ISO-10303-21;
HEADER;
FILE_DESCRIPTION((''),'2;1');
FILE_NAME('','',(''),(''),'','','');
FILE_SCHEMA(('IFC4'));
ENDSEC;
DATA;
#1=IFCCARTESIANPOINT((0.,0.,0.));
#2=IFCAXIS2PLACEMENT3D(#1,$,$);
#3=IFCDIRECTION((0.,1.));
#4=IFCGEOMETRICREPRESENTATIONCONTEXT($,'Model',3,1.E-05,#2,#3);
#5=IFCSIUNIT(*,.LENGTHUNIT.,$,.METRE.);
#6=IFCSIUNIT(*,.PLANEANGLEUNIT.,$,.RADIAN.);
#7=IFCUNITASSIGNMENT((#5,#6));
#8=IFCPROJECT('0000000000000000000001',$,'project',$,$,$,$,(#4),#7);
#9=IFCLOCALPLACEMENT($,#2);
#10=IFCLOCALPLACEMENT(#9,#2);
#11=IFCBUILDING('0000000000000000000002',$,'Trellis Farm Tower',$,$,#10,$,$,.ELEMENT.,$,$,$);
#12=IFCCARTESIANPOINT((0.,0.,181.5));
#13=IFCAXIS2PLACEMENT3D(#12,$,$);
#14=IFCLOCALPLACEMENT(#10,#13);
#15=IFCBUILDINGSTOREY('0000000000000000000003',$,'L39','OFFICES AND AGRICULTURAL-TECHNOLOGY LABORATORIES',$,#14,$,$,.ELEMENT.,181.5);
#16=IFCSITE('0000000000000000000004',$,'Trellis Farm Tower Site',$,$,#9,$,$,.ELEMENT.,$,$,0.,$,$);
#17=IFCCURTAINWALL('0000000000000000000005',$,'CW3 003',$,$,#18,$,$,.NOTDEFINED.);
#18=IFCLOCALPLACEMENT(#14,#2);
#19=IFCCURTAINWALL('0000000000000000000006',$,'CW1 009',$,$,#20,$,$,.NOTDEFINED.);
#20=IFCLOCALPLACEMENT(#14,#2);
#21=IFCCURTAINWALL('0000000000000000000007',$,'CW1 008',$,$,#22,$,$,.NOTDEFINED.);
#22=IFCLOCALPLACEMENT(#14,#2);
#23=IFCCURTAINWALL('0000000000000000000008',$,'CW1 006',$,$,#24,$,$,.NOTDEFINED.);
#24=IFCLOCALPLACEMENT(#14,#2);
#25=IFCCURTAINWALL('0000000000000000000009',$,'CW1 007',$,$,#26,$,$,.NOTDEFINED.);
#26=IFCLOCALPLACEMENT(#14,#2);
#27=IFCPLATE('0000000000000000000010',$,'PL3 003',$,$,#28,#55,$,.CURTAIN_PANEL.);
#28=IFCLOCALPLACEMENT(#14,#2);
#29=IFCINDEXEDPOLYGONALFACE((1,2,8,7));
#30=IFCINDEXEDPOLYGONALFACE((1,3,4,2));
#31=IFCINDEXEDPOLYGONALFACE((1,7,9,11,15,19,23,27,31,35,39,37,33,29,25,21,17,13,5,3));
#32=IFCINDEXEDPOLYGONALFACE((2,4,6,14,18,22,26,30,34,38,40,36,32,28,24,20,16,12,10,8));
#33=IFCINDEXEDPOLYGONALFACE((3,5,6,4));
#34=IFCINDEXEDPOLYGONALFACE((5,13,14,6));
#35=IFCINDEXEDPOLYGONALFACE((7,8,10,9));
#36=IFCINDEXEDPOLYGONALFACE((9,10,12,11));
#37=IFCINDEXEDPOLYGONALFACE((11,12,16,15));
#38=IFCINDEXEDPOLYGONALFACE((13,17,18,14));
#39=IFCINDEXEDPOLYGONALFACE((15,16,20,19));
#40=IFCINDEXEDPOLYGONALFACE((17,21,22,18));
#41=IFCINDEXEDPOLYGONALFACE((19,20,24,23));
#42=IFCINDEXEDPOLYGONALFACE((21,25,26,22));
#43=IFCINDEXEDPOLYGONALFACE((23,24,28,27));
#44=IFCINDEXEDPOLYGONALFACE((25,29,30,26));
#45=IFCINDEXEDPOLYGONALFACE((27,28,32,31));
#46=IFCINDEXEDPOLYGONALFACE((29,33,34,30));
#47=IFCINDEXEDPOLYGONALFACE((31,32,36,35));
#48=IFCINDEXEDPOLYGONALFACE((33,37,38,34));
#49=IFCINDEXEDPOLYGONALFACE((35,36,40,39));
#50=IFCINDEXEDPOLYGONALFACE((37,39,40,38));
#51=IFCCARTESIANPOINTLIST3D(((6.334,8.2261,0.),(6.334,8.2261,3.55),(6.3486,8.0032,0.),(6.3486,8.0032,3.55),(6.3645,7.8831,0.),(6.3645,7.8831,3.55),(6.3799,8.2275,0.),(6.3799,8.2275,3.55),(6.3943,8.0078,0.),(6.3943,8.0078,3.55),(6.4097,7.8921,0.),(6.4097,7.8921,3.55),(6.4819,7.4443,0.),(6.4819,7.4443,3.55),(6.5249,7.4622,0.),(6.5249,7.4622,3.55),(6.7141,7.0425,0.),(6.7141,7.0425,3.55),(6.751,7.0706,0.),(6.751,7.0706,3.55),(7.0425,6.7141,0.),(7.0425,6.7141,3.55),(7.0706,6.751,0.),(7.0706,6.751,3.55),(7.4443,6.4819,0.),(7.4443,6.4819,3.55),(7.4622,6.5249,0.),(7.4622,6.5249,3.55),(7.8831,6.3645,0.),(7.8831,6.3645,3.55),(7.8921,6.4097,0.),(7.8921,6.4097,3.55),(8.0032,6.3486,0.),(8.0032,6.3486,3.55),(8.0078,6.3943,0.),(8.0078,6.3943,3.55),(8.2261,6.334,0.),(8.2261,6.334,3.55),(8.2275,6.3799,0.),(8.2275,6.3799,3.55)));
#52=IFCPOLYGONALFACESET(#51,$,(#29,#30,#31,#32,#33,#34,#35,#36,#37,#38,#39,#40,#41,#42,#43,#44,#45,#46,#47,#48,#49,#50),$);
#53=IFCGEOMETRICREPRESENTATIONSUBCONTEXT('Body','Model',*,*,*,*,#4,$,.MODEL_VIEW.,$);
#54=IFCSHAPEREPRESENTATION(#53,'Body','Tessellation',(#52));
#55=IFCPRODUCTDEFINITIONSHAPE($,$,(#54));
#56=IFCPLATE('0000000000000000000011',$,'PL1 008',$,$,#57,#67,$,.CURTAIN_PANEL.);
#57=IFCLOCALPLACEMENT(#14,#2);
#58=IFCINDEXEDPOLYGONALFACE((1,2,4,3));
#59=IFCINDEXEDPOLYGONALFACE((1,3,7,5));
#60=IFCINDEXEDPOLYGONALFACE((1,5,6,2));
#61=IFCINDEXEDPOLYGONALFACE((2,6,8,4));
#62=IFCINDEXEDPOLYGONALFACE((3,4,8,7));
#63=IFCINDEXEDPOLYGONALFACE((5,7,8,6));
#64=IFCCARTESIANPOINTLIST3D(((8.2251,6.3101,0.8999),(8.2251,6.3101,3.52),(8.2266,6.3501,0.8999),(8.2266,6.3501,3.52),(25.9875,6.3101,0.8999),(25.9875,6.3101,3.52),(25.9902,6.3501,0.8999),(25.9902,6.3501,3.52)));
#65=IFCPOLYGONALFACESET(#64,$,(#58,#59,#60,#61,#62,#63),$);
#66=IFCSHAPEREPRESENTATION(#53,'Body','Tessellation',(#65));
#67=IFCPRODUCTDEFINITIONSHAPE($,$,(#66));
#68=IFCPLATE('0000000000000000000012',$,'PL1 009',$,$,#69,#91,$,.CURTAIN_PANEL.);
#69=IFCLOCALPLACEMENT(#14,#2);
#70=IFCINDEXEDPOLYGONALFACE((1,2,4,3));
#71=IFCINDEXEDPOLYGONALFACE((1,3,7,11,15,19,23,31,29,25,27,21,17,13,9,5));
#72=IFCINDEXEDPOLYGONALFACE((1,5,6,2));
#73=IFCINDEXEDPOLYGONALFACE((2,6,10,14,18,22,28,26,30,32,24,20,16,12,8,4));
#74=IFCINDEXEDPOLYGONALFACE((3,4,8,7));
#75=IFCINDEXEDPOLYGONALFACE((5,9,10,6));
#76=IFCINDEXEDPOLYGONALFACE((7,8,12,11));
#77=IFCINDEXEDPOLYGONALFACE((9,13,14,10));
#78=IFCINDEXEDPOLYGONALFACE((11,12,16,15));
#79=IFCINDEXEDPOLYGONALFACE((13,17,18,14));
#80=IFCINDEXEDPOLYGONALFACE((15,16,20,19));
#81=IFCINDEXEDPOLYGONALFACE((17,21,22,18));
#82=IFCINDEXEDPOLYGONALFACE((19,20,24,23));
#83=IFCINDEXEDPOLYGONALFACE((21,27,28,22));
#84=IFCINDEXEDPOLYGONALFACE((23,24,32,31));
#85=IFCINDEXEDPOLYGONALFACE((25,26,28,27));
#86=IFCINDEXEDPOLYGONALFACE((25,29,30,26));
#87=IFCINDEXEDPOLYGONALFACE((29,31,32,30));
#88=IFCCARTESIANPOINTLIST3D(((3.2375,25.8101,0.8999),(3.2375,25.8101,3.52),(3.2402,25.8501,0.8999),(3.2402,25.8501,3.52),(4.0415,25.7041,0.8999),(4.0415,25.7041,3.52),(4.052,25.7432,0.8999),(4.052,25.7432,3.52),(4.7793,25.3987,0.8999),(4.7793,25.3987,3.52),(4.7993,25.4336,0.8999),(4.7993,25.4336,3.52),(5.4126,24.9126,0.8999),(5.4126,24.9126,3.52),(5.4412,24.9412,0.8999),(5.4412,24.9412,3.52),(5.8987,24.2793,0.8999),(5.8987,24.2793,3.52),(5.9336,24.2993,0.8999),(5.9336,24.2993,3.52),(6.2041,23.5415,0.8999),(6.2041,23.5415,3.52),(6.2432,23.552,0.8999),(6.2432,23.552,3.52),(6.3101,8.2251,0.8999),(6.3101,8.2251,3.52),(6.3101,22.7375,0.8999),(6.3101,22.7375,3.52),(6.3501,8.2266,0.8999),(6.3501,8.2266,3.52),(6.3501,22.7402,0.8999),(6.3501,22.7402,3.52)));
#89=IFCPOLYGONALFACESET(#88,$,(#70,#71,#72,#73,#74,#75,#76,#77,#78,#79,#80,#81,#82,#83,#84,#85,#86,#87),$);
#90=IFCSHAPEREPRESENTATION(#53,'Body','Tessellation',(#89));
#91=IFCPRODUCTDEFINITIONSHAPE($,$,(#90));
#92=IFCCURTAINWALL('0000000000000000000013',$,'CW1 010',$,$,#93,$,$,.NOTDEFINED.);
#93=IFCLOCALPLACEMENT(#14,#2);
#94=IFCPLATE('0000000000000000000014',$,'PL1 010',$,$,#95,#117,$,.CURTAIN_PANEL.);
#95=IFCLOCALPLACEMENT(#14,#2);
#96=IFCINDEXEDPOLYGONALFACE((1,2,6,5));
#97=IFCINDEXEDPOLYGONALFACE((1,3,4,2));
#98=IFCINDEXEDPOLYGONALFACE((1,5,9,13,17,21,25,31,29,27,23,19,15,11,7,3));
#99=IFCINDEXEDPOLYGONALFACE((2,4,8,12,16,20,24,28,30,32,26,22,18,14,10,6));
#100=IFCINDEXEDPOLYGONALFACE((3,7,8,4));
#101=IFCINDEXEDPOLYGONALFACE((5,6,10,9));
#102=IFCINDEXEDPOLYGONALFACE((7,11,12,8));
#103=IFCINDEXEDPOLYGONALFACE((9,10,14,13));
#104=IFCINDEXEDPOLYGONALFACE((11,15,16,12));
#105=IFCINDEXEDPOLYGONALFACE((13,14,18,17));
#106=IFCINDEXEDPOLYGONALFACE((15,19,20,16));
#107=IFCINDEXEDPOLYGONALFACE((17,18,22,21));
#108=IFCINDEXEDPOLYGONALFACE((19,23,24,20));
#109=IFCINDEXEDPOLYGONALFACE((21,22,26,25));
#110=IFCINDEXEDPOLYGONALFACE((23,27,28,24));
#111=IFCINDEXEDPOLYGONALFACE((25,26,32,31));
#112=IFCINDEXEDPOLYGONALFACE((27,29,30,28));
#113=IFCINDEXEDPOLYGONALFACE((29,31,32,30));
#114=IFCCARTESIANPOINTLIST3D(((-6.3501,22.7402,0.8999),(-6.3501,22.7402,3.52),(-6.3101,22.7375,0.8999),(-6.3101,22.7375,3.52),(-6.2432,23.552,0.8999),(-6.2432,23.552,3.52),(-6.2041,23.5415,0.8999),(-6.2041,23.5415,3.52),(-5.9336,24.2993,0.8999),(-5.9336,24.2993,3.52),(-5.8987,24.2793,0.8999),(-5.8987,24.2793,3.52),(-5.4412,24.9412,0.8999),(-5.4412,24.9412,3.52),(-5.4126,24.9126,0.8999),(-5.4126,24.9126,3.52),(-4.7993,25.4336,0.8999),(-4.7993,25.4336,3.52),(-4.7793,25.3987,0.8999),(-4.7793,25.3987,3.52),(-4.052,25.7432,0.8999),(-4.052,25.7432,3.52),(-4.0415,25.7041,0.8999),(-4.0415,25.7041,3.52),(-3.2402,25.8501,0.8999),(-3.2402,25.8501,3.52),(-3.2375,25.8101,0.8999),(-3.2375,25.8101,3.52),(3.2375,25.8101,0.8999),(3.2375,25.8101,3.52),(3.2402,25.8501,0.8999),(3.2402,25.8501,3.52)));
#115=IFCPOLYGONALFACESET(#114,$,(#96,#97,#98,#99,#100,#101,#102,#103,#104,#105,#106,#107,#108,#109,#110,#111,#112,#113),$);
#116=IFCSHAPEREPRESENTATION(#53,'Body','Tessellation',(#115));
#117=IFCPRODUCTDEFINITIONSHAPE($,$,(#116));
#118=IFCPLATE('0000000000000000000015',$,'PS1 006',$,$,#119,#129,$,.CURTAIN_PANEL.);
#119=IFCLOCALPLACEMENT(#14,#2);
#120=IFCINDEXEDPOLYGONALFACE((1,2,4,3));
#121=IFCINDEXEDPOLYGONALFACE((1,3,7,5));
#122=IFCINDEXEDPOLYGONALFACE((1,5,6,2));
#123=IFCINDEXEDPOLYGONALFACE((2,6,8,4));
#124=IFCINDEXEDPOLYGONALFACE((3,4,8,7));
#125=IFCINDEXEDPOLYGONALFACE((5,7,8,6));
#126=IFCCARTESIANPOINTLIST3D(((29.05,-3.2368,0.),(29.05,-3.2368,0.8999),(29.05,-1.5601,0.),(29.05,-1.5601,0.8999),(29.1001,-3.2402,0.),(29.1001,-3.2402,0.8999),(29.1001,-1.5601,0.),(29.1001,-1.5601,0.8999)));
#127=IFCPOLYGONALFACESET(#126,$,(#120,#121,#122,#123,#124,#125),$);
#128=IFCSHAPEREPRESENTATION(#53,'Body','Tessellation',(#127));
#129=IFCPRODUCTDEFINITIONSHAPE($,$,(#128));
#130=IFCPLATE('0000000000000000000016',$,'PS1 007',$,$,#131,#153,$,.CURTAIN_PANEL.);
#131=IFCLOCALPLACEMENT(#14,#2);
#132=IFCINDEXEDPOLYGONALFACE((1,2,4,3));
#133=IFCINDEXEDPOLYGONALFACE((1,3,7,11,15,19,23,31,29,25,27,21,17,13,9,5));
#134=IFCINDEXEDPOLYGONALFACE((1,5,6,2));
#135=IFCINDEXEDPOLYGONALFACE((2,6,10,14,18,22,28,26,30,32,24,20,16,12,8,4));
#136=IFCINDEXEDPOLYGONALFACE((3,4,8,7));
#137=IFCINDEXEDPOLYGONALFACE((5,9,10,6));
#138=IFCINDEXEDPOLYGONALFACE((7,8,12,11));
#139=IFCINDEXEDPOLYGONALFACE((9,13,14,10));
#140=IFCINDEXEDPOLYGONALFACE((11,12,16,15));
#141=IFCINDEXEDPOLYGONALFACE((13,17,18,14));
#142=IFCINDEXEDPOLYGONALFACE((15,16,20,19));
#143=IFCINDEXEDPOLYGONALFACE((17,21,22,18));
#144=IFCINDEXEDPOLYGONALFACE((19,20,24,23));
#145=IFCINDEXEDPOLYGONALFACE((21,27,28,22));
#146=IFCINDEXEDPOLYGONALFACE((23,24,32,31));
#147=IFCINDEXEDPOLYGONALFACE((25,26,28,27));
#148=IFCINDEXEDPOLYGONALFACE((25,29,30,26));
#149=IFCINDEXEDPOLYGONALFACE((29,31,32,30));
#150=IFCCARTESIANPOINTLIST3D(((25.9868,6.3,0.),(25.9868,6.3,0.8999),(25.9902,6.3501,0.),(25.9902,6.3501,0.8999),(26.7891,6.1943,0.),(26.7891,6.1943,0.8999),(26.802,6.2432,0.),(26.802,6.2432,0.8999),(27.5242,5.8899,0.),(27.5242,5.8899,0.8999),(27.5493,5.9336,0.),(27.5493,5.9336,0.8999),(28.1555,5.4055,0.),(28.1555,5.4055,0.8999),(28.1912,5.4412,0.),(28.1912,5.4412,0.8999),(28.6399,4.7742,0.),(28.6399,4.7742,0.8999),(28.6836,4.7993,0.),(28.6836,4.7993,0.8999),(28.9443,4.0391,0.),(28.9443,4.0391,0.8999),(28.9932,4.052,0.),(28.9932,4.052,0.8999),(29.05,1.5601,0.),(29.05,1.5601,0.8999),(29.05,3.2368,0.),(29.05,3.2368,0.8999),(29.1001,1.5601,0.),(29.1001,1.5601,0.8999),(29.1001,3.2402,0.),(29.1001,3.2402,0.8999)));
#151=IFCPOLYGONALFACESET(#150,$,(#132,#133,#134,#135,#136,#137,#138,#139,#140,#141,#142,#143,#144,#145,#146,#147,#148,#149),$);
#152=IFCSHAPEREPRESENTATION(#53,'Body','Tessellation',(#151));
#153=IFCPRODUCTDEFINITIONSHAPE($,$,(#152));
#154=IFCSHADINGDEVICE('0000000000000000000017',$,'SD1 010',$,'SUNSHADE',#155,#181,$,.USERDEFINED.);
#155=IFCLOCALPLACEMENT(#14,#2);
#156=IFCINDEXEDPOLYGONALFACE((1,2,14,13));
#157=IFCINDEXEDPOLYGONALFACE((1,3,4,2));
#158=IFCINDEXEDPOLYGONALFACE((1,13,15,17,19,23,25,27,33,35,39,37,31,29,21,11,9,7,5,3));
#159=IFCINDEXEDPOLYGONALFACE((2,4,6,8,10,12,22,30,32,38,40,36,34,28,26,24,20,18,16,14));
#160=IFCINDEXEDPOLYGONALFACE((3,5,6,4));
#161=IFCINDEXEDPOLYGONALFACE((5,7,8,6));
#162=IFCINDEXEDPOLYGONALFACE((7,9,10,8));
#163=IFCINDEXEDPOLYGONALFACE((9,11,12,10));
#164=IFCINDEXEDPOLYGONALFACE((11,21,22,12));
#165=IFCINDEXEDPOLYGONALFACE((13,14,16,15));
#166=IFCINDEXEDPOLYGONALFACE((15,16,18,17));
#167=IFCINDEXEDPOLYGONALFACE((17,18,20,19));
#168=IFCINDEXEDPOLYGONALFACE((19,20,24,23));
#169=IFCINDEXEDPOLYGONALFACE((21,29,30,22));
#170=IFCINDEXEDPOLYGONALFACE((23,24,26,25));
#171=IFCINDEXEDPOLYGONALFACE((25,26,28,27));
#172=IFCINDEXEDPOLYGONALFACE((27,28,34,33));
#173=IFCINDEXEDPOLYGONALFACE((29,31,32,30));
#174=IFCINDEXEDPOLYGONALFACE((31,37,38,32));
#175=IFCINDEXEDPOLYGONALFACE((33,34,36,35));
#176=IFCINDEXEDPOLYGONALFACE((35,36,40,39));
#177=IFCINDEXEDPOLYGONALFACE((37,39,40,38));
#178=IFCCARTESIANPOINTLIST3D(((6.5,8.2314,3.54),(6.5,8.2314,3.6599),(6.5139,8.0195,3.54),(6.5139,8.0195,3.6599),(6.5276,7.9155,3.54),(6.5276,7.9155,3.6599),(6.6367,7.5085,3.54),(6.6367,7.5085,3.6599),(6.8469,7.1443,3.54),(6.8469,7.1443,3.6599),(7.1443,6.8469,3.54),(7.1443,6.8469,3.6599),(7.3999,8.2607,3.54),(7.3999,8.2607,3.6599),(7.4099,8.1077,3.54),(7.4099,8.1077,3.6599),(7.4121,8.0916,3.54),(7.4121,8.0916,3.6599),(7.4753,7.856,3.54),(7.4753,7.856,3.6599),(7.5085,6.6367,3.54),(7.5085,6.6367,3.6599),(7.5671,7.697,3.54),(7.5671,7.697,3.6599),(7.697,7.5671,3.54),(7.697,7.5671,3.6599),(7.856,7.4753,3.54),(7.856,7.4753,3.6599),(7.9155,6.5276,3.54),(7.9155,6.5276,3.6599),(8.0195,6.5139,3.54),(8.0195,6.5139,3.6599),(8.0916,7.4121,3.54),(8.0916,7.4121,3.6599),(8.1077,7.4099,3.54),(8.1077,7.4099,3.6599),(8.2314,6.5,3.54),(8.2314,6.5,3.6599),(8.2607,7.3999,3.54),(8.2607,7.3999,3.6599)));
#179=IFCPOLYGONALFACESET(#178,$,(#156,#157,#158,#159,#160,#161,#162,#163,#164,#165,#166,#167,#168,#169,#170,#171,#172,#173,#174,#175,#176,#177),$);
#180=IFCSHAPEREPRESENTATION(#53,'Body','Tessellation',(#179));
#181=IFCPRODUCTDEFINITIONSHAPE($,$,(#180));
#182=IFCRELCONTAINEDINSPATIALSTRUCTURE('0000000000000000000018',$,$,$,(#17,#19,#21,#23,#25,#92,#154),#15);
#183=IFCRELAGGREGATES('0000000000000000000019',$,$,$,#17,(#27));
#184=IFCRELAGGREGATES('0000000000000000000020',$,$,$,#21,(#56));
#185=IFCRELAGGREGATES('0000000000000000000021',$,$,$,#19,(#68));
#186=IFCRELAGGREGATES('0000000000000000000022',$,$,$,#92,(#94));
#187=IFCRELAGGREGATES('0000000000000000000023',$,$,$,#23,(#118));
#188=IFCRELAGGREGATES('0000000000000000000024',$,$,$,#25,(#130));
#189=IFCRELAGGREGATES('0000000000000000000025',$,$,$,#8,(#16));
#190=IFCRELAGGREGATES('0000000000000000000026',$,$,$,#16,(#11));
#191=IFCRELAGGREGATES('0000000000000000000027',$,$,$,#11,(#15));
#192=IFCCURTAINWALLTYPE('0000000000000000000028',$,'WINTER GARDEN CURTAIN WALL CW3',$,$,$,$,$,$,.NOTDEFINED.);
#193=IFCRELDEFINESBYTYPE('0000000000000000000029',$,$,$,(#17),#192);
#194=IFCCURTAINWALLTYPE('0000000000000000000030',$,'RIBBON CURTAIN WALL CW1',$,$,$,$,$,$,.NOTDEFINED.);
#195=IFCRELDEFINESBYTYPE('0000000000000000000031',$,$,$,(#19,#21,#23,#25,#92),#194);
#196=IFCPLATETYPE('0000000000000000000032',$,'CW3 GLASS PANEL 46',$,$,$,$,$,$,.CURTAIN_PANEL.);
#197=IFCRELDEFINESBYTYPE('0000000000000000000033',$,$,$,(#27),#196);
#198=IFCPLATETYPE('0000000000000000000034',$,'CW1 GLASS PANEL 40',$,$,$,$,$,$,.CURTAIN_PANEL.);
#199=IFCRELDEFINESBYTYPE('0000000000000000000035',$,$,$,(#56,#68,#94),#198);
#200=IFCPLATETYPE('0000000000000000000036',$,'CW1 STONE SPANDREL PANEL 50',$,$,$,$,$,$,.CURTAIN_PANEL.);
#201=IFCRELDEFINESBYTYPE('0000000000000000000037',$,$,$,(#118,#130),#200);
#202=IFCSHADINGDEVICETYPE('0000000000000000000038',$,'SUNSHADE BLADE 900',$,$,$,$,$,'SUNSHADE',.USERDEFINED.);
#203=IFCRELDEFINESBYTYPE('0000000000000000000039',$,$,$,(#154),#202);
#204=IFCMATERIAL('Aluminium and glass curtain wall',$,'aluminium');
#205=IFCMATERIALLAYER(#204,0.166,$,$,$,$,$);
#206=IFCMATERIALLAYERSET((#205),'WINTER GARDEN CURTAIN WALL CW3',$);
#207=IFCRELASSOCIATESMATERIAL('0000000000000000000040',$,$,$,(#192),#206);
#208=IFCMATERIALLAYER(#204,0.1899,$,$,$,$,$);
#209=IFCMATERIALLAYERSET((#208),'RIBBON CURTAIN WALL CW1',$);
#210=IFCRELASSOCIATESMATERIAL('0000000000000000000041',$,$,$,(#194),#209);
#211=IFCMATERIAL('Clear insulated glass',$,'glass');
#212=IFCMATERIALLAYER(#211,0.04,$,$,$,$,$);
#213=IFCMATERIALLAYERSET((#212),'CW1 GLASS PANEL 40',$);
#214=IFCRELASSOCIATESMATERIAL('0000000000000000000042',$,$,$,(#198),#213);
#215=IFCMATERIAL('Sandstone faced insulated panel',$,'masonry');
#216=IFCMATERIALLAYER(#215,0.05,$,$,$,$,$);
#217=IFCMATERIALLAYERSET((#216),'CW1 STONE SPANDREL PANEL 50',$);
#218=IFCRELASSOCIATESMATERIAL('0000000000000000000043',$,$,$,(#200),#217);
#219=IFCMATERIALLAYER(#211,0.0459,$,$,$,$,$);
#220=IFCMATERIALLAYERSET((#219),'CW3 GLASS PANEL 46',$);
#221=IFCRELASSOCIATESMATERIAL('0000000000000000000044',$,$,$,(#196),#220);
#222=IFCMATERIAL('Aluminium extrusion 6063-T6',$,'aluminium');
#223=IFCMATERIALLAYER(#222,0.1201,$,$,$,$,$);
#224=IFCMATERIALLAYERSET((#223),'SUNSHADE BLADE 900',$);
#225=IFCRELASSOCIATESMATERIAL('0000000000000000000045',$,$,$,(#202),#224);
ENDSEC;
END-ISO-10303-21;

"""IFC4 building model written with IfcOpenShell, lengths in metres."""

from ifc_helpers import new_model, si_unit, direction, frame, origin, place, context, subcontext, project, spatial, polyline, outline, extrude, source, transform, mapped, material, layer, layer_set, type_object, element, aggregate, save


model = new_model("IFC4")

# Units and contexts
model_context = context("Model", 3, precision=1e-05, world=origin(), true_north=direction((0.0, 1.0)))
body_context = subcontext(model_context, "Body", "Model", "MODEL_VIEW")
ifc_project = project(units=[si_unit("LENGTHUNIT", "METRE"), si_unit("PLANEANGLEUNIT", "RADIAN")], contexts=[model_context])

# Site, building, storey
site_placement = place(None, origin())
site = spatial("IfcSite", under=ifc_project, at=site_placement, Name="Trellis Farm Tower Site", CompositionType="ELEMENT", RefElevation=0.0)
building_placement = place(site_placement, origin())
building = spatial("IfcBuilding", under=site, at=building_placement, Name="Trellis Farm Tower", CompositionType="ELEMENT")
storey_placement = place(building_placement, frame((0.0, 0.0, 181.5)))
storey = spatial("IfcBuildingStorey", under=building, at=storey_placement, Name="L39", Description="OFFICES AND AGRICULTURAL-TECHNOLOGY LABORATORIES", CompositionType="ELEMENT", Elevation=181.5)

# Curtain walls
ifc_material_1 = material(Name="Aluminium and glass curtain wall", Category="aluminium")
ifc_layer_1 = layer(ifc_material_1, 0.166)
ifc_layer_set_1 = layer_set([ifc_layer_1], Name="WINTER GARDEN CURTAIN WALL CW3")
curtain_wall_type_1 = type_object("IfcCurtainWallType", Name="WINTER GARDEN CURTAIN WALL CW3", PredefinedType="NOTDEFINED", material=ifc_layer_set_1)
placement_1 = place(storey_placement, origin())
curtain_wall_1 = element("IfcCurtainWall", 1, at=placement_1, inside=storey, type_object=curtain_wall_type_1, Name="CW3 003", PredefinedType="NOTDEFINED")
ifc_material_2 = material(Name="Aluminium extrusion 6063-T6", Category="aluminium")
ifc_layer_2 = layer(ifc_material_1, 0.1899)
ifc_layer_set_2 = layer_set([ifc_layer_2], Name="RIBBON CURTAIN WALL CW1")
curtain_wall_type_2 = type_object("IfcCurtainWallType", Name="RIBBON CURTAIN WALL CW1", PredefinedType="NOTDEFINED", material=ifc_layer_set_2)
curtain_wall_2 = element("IfcCurtainWall", 2, at=placement_1, inside=storey, type_object=curtain_wall_type_2, Name="CW1 009", PredefinedType="NOTDEFINED")
curtain_wall_3 = element("IfcCurtainWall", 3, at=placement_1, inside=storey, type_object=curtain_wall_type_2, Name="CW1 008", PredefinedType="NOTDEFINED")
curtain_wall_4 = element("IfcCurtainWall", 4, at=placement_1, inside=storey, type_object=curtain_wall_type_2, Name="CW1 006", PredefinedType="NOTDEFINED")

# Curtain wall
curtain_wall_5 = element("IfcCurtainWall", 5, at=placement_1, inside=storey, type_object=curtain_wall_type_2, Name="CW1 007", PredefinedType="NOTDEFINED")
ifc_material_3 = material(Name="Clear insulated glass", Category="glass")
ifc_layer_3 = layer(ifc_material_3, 0.04)
ifc_layer_set_3 = layer_set([ifc_layer_3], Name="CW1 GLASS PANEL 40")
plate_type_1 = type_object("IfcPlateType", Name="CW1 GLASS PANEL 40", PredefinedType="CURTAIN_PANEL", material=ifc_layer_set_3)
placement_2 = place(storey_placement, frame((0.0, 0.0, 0.8999)))

# Plates
ifc_material_4 = material(Name="Sandstone faced insulated panel", Category="masonry")
ifc_layer_4 = layer(ifc_material_4, 0.05)
ifc_layer_set_4 = layer_set([ifc_layer_4], Name="CW1 STONE SPANDREL PANEL 50")
plate_type_2 = type_object("IfcPlateType", Name="CW1 STONE SPANDREL PANEL 50", PredefinedType="CURTAIN_PANEL", material=ifc_layer_set_4)
ifc_layer_5 = layer(ifc_material_3, 0.0459)
ifc_layer_set_5 = layer_set([ifc_layer_5], Name="CW3 GLASS PANEL 46")
plate_type_3 = type_object("IfcPlateType", Name="CW3 GLASS PANEL 46", PredefinedType="CURTAIN_PANEL", material=ifc_layer_set_5)
shared_shape_1 = source(origin(), body_context, "Body", "SweptSolid", [
    extrude(outline(polyline([(8.2275, 6.3799), (8.0078, 6.3943), (7.8921, 6.4097), (7.4622, 6.5249), (7.0706, 6.751), (6.751, 7.0706), (6.5249, 7.4622), (6.4097, 7.8921), (6.3943, 8.0078), (6.3799, 8.2275), (6.334, 8.2261), (6.3486, 8.0032), (6.3645, 7.8831), (6.4819, 7.4443), (6.7141, 7.0425), (7.0425, 6.7141), (7.4443, 6.4819), (7.8831, 6.3645), (8.0032, 6.3486), (8.2261, 6.334), (8.2275, 6.3799)])), origin(), (0.0, 0.0, 1.0), 3.55),
])
plate_1 = element("IfcPlate", 6, at=placement_1, type_object=plate_type_3, Name="PL3 003", PredefinedType="CURTAIN_PANEL", context=body_context, shape_type="MappedRepresentation", body=[
    mapped(shared_shape_1, transform((0.0, 0.0, 0.0))),
])
aggregate(curtain_wall_1, [plate_1])
shared_shape_2 = source(origin(), body_context, "Body", "SweptSolid", [
    extrude(outline(polyline([(25.9902, 6.3501), (8.2266, 6.3501), (8.2251, 6.3101), (25.9875, 6.3101), (25.9902, 6.3501)])), origin(), (0.0, 0.0, 1.0), 2.6201),
])
plate_2 = element("IfcPlate", 7, at=placement_2, type_object=plate_type_1, Name="PL1 008", PredefinedType="CURTAIN_PANEL", context=body_context, shape_type="MappedRepresentation", body=[
    mapped(shared_shape_2, transform((0.0, 0.0, 0.0))),
])
aggregate(curtain_wall_3, [plate_2])
shared_shape_3 = source(origin(), body_context, "Body", "SweptSolid", [
    extrude(outline(polyline([(6.3501, 8.2266), (6.3501, 22.7402), (6.2432, 23.552), (5.9336, 24.2993), (5.4412, 24.9412), (4.7993, 25.4336), (4.052, 25.7432), (3.2402, 25.8501), (3.2375, 25.8101), (4.0415, 25.7041), (4.7793, 25.3987), (5.4126, 24.9126), (5.8987, 24.2793), (6.2041, 23.5415), (6.3101, 22.7375), (6.3101, 8.2251), (6.3501, 8.2266)])), origin(), (0.0, 0.0, 1.0), 2.6201),
])
plate_3 = element("IfcPlate", 8, at=placement_2, type_object=plate_type_1, Name="PL1 009", PredefinedType="CURTAIN_PANEL", context=body_context, shape_type="MappedRepresentation", body=[
    mapped(shared_shape_3, transform((0.0, 0.0, 0.0))),
])
aggregate(curtain_wall_2, [plate_3])

# Curtain wall, plate
curtain_wall_6 = element("IfcCurtainWall", 9, at=placement_1, inside=storey, type_object=curtain_wall_type_2, Name="CW1 010", PredefinedType="NOTDEFINED")
shared_shape_4 = source(origin(), body_context, "Body", "SweptSolid", [
    extrude(outline(polyline([(3.2402, 25.8501), (-3.2402, 25.8501), (-4.052, 25.7432), (-4.7993, 25.4336), (-5.4412, 24.9412), (-5.9336, 24.2993), (-6.2432, 23.552), (-6.3501, 22.7402), (-6.3101, 22.7375), (-6.2041, 23.5415), (-5.8987, 24.2793), (-5.4126, 24.9126), (-4.7793, 25.3987), (-4.0415, 25.7041), (-3.2375, 25.8101), (3.2375, 25.8101), (3.2402, 25.8501)])), origin(), (0.0, 0.0, 1.0), 2.6201),
])
plate_4 = element("IfcPlate", 10, at=placement_2, type_object=plate_type_1, Name="PL1 010", PredefinedType="CURTAIN_PANEL", context=body_context, shape_type="MappedRepresentation", body=[
    mapped(shared_shape_4, transform((0.0, 0.0, 0.0))),
])
aggregate(curtain_wall_6, [plate_4])

# Plates
shared_shape_5 = source(origin(), body_context, "Body", "SweptSolid", [
    extrude(outline(polyline([(29.1001, -3.2402), (29.1001, -1.5601), (29.05, -1.5601), (29.05, -3.2368), (29.1001, -3.2402)])), origin(), (0.0, 0.0, 1.0), 0.8999),
])
plate_5 = element("IfcPlate", 11, at=placement_1, type_object=plate_type_2, Name="PS1 006", PredefinedType="CURTAIN_PANEL", context=body_context, shape_type="MappedRepresentation", body=[
    mapped(shared_shape_5, transform((0.0, 0.0, 0.0))),
])
aggregate(curtain_wall_4, [plate_5])
shared_shape_6 = source(origin(), body_context, "Body", "SweptSolid", [
    extrude(outline(polyline([(29.1001, 1.5601), (29.1001, 3.2402), (28.9932, 4.052), (28.6836, 4.7993), (28.1912, 5.4412), (27.5493, 5.9336), (26.802, 6.2432), (25.9902, 6.3501), (25.9868, 6.3), (26.7891, 6.1943), (27.5242, 5.8899), (28.1555, 5.4055), (28.6399, 4.7742), (28.9443, 4.0391), (29.05, 3.2368), (29.05, 1.5601), (29.1001, 1.5601)])), origin(), (0.0, 0.0, 1.0), 0.8999),
])
plate_6 = element("IfcPlate", 12, at=placement_1, type_object=plate_type_2, Name="PS1 007", PredefinedType="CURTAIN_PANEL", context=body_context, shape_type="MappedRepresentation", body=[
    mapped(shared_shape_6, transform((0.0, 0.0, 0.0))),
])
aggregate(curtain_wall_5, [plate_6])

# Shading device
ifc_layer_6 = layer(ifc_material_2, 0.1201)
ifc_layer_set_6 = layer_set([ifc_layer_6], Name="SUNSHADE BLADE 900")
shading_device_type_1 = type_object("IfcShadingDeviceType", Name="SUNSHADE BLADE 900", ElementType="SUNSHADE", PredefinedType="USERDEFINED", material=ifc_layer_set_6)
shared_shape_7 = source(origin(), body_context, "Body", "SweptSolid", [
    extrude(outline(polyline([(8.2607, 7.3999), (8.1077, 7.4099), (8.0916, 7.4121), (7.856, 7.4753), (7.697, 7.5671), (7.5671, 7.697), (7.4753, 7.856), (7.4121, 8.0916), (7.4099, 8.1077), (7.3999, 8.2607), (6.5, 8.2314), (6.5139, 8.0195), (6.5276, 7.9155), (6.6367, 7.5085), (6.8469, 7.1443), (7.1443, 6.8469), (7.5085, 6.6367), (7.9155, 6.5276), (8.0195, 6.5139), (8.2314, 6.5), (8.2607, 7.3999)])), origin(), (0.0, 0.0, 1.0), 0.1199),
])
placement_3 = place(storey_placement, frame((0.0, 0.0, 3.54)))
element("IfcShadingDevice", 13, at=placement_3, inside=storey, type_object=shading_device_type_1, Name="SD1 010", ObjectType="SUNSHADE", PredefinedType="USERDEFINED", context=body_context, shape_type="MappedRepresentation", body=[
    mapped(shared_shape_7, transform((0.0, 0.0, 0.0))),
])

save(model, "model.ifc")
